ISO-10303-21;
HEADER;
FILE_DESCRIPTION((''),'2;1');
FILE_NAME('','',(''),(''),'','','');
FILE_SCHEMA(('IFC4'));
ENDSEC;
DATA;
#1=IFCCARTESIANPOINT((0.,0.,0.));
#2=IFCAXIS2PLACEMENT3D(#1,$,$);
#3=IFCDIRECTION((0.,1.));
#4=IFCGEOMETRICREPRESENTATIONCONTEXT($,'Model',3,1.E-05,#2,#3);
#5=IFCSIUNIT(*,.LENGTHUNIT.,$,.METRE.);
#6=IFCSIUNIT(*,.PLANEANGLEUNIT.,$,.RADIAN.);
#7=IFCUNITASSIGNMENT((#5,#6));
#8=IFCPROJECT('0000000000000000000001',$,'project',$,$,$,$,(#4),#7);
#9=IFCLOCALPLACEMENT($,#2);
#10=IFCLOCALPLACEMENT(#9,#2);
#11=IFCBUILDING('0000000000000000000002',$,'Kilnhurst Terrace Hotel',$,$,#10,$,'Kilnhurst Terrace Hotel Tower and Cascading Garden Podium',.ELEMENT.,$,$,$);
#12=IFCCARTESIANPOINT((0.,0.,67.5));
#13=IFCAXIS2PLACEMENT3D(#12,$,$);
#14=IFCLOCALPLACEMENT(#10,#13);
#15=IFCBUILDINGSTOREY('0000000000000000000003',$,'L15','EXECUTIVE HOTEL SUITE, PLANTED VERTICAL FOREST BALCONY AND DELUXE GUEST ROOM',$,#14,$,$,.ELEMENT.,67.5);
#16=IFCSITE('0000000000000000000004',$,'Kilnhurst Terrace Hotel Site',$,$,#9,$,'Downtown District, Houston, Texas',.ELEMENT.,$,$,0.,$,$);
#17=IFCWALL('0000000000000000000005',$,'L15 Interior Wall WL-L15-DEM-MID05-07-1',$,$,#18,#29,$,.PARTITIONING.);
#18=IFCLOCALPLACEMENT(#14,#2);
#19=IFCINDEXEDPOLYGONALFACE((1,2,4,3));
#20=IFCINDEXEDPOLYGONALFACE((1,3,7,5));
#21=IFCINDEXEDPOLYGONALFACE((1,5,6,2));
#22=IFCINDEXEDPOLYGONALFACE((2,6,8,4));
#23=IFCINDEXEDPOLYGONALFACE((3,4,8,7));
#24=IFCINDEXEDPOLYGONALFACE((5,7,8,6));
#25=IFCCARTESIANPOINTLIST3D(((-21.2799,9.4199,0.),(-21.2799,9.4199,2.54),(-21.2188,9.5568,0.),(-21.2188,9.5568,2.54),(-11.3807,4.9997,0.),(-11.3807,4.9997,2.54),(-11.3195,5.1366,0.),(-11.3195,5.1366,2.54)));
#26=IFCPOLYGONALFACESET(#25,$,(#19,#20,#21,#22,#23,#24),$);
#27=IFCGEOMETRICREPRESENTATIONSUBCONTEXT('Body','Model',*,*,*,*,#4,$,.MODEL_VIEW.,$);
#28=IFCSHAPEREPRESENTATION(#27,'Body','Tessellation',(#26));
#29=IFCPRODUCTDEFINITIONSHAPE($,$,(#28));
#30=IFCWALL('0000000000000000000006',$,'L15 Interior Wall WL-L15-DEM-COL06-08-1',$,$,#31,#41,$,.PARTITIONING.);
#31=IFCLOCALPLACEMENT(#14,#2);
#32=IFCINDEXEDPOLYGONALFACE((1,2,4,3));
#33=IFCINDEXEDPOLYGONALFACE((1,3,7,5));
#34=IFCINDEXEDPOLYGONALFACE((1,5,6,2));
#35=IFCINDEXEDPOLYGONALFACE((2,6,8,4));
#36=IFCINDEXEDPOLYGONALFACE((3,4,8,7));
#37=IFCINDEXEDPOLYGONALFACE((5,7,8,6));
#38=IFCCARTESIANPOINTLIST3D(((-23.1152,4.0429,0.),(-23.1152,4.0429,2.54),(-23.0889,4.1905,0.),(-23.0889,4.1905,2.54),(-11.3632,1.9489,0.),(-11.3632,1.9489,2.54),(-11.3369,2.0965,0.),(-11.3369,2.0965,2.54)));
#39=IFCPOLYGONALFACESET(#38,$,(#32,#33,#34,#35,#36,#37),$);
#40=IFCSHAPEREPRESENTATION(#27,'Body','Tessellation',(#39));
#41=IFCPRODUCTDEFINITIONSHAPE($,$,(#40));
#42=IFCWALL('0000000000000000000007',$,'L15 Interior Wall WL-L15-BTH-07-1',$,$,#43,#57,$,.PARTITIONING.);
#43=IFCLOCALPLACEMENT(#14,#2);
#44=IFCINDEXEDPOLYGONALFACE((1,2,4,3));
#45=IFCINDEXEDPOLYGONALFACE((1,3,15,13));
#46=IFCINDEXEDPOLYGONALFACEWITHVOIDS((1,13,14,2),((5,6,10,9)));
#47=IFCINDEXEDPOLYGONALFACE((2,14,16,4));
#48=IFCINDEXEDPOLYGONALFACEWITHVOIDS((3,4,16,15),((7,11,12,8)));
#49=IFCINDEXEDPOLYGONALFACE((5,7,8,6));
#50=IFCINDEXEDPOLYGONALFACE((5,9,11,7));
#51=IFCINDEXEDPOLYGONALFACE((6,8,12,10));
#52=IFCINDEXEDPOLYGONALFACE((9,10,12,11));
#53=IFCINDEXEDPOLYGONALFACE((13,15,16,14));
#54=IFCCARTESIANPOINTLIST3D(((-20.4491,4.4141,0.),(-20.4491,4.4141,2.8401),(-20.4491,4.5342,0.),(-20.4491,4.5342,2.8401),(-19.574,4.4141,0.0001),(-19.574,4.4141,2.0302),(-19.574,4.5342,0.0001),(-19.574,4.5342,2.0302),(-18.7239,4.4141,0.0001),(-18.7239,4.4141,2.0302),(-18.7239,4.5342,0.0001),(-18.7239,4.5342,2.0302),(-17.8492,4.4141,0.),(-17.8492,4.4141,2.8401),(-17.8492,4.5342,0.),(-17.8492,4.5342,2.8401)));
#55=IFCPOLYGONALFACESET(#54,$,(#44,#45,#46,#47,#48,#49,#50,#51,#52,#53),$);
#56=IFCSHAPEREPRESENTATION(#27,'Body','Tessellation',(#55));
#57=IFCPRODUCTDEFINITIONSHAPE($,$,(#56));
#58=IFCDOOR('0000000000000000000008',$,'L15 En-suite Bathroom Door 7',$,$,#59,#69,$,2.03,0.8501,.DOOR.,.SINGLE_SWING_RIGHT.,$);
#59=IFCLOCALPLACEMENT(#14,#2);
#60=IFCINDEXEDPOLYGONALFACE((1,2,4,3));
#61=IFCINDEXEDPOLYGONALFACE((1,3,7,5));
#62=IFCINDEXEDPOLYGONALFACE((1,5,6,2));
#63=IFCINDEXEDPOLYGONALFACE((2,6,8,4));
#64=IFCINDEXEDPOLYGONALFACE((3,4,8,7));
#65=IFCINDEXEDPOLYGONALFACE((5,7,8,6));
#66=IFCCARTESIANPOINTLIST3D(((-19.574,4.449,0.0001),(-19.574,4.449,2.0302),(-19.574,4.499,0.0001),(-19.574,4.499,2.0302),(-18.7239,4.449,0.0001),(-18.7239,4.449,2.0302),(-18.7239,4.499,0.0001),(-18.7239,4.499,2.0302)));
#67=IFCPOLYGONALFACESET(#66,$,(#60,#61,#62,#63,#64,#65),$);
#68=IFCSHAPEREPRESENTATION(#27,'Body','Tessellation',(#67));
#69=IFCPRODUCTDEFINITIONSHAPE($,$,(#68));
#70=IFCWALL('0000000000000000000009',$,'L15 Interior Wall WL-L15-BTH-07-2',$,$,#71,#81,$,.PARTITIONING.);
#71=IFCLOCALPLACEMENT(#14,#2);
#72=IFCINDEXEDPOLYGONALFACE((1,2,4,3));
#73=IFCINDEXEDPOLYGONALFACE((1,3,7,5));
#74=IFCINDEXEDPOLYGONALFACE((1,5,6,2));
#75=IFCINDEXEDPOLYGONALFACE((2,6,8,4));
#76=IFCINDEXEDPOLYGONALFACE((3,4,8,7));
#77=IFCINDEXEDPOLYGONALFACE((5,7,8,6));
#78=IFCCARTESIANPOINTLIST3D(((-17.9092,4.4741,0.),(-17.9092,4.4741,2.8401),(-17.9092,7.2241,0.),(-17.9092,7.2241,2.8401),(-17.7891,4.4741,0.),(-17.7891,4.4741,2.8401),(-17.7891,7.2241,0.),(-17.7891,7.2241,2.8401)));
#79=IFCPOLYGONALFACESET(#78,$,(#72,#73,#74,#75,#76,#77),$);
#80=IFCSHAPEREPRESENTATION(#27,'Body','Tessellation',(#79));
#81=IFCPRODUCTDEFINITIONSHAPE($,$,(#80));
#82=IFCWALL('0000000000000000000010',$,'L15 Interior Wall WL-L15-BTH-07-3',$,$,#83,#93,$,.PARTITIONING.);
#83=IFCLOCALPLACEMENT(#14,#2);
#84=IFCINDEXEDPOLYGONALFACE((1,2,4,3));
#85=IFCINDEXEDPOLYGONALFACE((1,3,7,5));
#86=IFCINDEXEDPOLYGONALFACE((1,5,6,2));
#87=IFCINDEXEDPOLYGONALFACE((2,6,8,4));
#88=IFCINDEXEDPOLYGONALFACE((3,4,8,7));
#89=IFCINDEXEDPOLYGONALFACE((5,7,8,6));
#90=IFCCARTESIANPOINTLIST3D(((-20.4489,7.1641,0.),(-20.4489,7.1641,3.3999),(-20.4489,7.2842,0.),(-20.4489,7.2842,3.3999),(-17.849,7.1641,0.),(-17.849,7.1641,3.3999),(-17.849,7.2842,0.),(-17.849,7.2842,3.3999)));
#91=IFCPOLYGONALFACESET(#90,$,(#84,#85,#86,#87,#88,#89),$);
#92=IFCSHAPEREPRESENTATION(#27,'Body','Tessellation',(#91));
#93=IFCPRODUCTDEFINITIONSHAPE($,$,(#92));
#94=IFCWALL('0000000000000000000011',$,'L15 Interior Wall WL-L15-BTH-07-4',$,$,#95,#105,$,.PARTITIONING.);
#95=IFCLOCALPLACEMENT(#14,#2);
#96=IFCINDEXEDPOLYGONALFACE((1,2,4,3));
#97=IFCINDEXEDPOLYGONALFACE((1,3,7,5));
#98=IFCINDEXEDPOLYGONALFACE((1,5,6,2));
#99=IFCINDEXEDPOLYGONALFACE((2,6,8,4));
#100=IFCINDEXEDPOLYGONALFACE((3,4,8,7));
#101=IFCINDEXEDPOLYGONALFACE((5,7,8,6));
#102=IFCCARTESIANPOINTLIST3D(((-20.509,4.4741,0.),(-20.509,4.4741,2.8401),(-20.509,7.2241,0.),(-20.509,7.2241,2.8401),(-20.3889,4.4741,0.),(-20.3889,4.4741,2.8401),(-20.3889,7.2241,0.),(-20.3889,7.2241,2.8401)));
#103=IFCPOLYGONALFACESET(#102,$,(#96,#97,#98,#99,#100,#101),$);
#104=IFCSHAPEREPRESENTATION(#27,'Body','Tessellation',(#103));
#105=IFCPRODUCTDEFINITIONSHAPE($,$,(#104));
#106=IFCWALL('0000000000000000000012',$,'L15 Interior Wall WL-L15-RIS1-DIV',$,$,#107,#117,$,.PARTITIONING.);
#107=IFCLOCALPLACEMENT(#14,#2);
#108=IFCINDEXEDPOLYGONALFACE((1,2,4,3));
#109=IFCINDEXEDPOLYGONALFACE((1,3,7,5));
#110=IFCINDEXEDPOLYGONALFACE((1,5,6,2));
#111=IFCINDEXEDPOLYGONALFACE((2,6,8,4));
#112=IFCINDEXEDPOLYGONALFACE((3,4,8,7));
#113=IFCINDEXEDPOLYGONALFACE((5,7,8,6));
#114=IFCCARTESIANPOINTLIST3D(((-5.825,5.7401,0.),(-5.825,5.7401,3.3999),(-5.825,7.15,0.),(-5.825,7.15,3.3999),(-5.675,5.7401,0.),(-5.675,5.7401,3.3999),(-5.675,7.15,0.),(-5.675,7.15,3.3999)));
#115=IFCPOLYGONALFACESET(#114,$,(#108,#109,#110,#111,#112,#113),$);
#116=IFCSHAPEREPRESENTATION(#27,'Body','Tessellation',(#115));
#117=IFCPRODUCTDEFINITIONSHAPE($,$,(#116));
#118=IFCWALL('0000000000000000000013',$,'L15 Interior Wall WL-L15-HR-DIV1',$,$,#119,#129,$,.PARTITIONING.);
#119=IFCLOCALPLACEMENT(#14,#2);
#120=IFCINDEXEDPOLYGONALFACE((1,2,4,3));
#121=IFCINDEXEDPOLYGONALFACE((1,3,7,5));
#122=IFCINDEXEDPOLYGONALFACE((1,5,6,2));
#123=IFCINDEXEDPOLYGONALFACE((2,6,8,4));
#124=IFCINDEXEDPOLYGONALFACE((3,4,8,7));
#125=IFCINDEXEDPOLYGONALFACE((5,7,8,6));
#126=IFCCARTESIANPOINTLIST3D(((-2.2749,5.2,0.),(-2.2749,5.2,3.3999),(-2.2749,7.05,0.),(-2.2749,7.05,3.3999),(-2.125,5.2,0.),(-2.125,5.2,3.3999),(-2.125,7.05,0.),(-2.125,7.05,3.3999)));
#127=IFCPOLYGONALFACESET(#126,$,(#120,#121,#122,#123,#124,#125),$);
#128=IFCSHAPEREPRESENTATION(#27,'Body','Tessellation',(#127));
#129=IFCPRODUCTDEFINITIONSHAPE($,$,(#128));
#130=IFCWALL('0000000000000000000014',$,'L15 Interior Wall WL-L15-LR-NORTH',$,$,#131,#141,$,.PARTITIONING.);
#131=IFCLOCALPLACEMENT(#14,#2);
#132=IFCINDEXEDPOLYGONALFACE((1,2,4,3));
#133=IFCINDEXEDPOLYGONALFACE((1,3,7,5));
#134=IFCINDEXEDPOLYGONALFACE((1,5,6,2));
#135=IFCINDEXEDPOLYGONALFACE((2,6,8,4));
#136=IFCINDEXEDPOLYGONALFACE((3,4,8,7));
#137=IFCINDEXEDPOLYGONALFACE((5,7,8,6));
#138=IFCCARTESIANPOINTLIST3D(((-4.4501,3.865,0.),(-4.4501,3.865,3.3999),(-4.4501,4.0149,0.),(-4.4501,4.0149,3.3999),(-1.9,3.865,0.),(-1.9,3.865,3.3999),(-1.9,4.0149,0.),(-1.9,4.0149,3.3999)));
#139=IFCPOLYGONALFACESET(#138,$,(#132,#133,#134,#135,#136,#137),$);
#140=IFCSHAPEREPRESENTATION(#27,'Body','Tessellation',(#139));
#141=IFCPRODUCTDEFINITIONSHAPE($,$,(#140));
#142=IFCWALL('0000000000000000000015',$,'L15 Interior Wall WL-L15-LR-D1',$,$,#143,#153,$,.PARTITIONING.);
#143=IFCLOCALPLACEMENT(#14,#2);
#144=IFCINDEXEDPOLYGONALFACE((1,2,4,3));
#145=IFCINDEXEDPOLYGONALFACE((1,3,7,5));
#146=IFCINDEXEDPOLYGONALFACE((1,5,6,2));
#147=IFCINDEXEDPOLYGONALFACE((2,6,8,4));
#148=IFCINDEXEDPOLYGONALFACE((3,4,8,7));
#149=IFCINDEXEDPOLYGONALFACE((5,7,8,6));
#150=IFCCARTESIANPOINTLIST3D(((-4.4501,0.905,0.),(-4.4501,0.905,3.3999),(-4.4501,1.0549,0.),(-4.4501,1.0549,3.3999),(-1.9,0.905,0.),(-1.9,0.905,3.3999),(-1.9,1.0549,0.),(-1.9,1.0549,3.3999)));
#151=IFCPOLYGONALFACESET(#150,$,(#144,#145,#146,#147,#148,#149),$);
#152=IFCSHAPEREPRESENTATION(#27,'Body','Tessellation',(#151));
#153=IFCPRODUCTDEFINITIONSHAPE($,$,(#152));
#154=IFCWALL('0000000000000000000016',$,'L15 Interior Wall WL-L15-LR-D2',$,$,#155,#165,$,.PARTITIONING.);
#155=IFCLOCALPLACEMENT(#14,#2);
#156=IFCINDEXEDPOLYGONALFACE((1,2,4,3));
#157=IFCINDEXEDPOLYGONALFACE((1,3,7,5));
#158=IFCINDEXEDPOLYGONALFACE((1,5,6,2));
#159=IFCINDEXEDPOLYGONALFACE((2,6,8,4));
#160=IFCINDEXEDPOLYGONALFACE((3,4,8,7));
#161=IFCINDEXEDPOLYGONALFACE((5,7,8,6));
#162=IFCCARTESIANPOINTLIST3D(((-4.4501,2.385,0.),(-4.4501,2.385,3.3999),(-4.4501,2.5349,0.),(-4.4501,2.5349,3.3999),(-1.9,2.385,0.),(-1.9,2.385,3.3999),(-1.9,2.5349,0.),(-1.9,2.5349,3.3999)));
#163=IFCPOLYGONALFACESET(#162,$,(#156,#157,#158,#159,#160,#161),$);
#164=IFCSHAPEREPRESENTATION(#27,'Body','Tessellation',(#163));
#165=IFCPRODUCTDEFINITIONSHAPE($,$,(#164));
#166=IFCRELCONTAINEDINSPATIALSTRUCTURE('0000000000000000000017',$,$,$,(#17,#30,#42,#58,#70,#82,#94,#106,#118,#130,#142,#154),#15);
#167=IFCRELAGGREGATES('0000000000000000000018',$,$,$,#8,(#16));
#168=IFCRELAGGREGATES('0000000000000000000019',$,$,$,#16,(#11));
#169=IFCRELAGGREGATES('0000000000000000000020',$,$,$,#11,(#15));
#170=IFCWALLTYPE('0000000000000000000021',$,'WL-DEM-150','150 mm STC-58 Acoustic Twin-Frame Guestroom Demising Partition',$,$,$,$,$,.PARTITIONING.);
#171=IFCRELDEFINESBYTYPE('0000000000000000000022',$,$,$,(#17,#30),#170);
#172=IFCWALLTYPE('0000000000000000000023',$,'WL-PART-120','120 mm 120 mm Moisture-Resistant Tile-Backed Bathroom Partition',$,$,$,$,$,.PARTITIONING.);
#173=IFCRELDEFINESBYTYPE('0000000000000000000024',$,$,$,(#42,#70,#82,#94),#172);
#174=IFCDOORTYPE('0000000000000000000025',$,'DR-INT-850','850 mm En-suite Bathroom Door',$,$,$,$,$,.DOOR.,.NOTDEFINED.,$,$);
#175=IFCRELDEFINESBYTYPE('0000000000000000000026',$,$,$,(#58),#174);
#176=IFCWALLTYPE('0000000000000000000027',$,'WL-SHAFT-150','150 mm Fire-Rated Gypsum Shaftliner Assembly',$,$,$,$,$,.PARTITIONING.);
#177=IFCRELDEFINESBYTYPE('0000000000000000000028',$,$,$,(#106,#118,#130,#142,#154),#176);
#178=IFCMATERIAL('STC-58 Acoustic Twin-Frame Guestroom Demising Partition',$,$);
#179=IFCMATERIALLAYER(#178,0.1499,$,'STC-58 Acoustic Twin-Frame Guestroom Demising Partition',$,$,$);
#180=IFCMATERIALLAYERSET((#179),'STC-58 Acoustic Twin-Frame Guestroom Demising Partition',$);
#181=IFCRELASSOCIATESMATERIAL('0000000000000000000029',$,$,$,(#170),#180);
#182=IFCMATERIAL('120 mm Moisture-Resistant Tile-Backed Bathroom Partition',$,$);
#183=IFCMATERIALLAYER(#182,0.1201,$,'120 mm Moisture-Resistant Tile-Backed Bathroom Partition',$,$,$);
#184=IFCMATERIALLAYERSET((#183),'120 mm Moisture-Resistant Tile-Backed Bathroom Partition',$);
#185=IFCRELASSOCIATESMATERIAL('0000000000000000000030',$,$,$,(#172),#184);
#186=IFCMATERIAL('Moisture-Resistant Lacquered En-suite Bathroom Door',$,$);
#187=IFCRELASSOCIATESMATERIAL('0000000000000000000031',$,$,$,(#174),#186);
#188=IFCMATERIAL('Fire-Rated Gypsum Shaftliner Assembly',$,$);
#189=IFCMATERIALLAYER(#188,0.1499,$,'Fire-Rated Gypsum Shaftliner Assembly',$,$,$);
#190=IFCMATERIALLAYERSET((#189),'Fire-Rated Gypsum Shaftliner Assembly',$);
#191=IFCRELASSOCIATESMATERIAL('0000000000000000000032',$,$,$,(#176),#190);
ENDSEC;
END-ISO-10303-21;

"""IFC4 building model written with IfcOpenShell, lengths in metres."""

from ifc_helpers import new_model, si_unit, direction, frame, frame_2d, origin, place, context, subcontext, project, spatial, rectangle, extrude, material, layer, layer_set, type_object, element, fill, save


model = new_model("IFC4")

# Units and contexts
model_context = context("Model", 3, precision=1e-05, world=origin(), true_north=direction((0.0, 1.0)))
body_context = subcontext(model_context, "Body", "Model", "MODEL_VIEW")
ifc_project = project(units=[si_unit("LENGTHUNIT", "METRE"), si_unit("PLANEANGLEUNIT", "RADIAN")], contexts=[model_context])

# Site, building, storey
site_placement = place(None, origin())
site = spatial("IfcSite", under=ifc_project, at=site_placement, Name="Kilnhurst Terrace Hotel Site", LongName="Downtown District, Houston, Texas", CompositionType="ELEMENT", RefElevation=0.0)
building_placement = place(site_placement, origin())
building = spatial("IfcBuilding", under=site, at=building_placement, Name="Kilnhurst Terrace Hotel", LongName="Kilnhurst Terrace Hotel Tower and Cascading Garden Podium", CompositionType="ELEMENT")
storey_placement = place(building_placement, frame((0.0, 0.0, 67.5)))
storey = spatial("IfcBuildingStorey", under=building, at=storey_placement, Name="L15", Description="EXECUTIVE HOTEL SUITE, PLANTED VERTICAL FOREST BALCONY AND DELUXE GUEST ROOM", CompositionType="ELEMENT", Elevation=67.5)

# Walls
ifc_material_1 = material(Name="STC-58 Acoustic Twin-Frame Guestroom Demising Partition")
ifc_layer_1 = layer(ifc_material_1, 0.1499, Name="STC-58 Acoustic Twin-Frame Guestroom Demising Partition")
ifc_layer_set_1 = layer_set([ifc_layer_1], Name="STC-58 Acoustic Twin-Frame Guestroom Demising Partition")
wall_type_1 = type_object("IfcWallType", Name="WL-DEM-150", Description="150 mm STC-58 Acoustic Twin-Frame Guestroom Demising Partition", PredefinedType="PARTITIONING", material=ifc_layer_set_1)
wall_1_placement = place(storey_placement, frame((-11.3501, 5.0681, 0.0), z_axis=(0.0, 0.0, 1.0), x_axis=(-0.913107, 0.40772, 0.0)))
element("IfcWall", 1, at=wall_1_placement, inside=storey, type_object=wall_type_1, Name="L15 Interior Wall WL-L15-DEM-MID05-07-1", PredefinedType="PARTITIONING", context=body_context, shape_type="SweptSolid", body=[
    extrude(rectangle(XDim=10.8413, YDim=0.1499, at=frame_2d((5.4207, 0.0))), origin(), (0.0, 0.0, 1.0), 2.54),
])
wall_2_placement = place(storey_placement, frame((-11.3501, 2.0227, 0.0), z_axis=(0.0, 0.0, 1.0), x_axis=(-0.984494, 0.17542, 0.0)))
element("IfcWall", 2, at=wall_2_placement, inside=storey, type_object=wall_type_1, Name="L15 Interior Wall WL-L15-DEM-COL06-08-1", PredefinedType="PARTITIONING", context=body_context, shape_type="SweptSolid", body=[
    extrude(rectangle(XDim=11.937, YDim=0.1499, at=frame_2d((5.9685, 0.0))), origin(), (0.0, 0.0, 1.0), 2.54),
])

# Wall, opening, door
ifc_material_2 = material(Name="120 mm Moisture-Resistant Tile-Backed Bathroom Partition")
ifc_layer_2 = layer(ifc_material_2, 0.1201, Name="120 mm Moisture-Resistant Tile-Backed Bathroom Partition")
ifc_layer_set_2 = layer_set([ifc_layer_2], Name="120 mm Moisture-Resistant Tile-Backed Bathroom Partition")
wall_type_2 = type_object("IfcWallType", Name="WL-PART-120", Description="120 mm 120 mm Moisture-Resistant Tile-Backed Bathroom Partition", PredefinedType="PARTITIONING", material=ifc_layer_set_2)
wall_3_placement = place(storey_placement, frame((-20.449, 4.4741, 0.0), z_axis=(0.0, 0.0, 1.0), x_axis=(1.0, 0.0, 0.0)))
wall_3 = element("IfcWall", 3, at=wall_3_placement, inside=storey, type_object=wall_type_2, Name="L15 Interior Wall WL-L15-BTH-07-1", PredefinedType="PARTITIONING", context=body_context, shape_type="SweptSolid", body=[
    extrude(rectangle(XDim=2.5999, YDim=0.1201, at=frame_2d((1.2998, 0.0))), origin(), (0.0, 0.0, 1.0), 2.8401),
])
opening_1_placement = place(wall_3_placement, frame((0.875, 0.0, 0.0)))
opening_1 = element("IfcOpeningElement", 4, at=opening_1_placement, cuts=wall_3, PredefinedType="OPENING", context=body_context, shape_type="SweptSolid", body=[
    extrude(rectangle(XDim=0.8501, YDim=2.03, at=frame_2d((0.425, 1.0151))), frame((0.0, 0.0701, 0.0), z_axis=(0.0, -1.0, 0.0), x_axis=(1.0, 0.0, 0.0)), (0.0, 0.0, 1.0), 0.1401),
])
ifc_material_3 = material(Name="Moisture-Resistant Lacquered En-suite Bathroom Door")
door_type_1 = type_object("IfcDoorType", Name="DR-INT-850", Description="850 mm En-suite Bathroom Door", OperationType="NOTDEFINED", PredefinedType="DOOR", material=ifc_material_3)
door_1_placement = place(opening_1_placement, origin())
door_1 = element("IfcDoor", 5, at=door_1_placement, inside=storey, type_object=door_type_1, Name="L15 En-suite Bathroom Door 7", OperationType="SINGLE_SWING_RIGHT", OverallHeight=2.03, OverallWidth=0.8501, PredefinedType="DOOR", context=body_context, shape_type="SweptSolid", body=[
    extrude(rectangle(XDim=0.8501, YDim=2.03, at=frame_2d((0.425, 1.0151))), frame((0.0, 0.0249, 0.0), z_axis=(0.0, -1.0, 0.0), x_axis=(1.0, 0.0, 0.0)), (0.0, 0.0, 1.0), 0.05),
])
fill(opening_1, door_1)

# Walls
wall_4_placement = place(storey_placement, frame((-17.8491, 4.4741, 0.0), z_axis=(0.0, 0.0, 1.0), x_axis=(0.0, 1.0, 0.0)))
element("IfcWall", 6, at=wall_4_placement, inside=storey, type_object=wall_type_2, Name="L15 Interior Wall WL-L15-BTH-07-2", PredefinedType="PARTITIONING", context=body_context, shape_type="SweptSolid", body=[
    extrude(rectangle(XDim=2.75, YDim=0.1201, at=frame_2d((1.375, 0.0))), origin(), (0.0, 0.0, 1.0), 2.8401),
])
wall_5_placement = place(storey_placement, frame((-17.8491, 7.2241, 0.0), z_axis=(0.0, 0.0, 1.0), x_axis=(-1.0, 0.0, 0.0)))
element("IfcWall", 7, at=wall_5_placement, inside=storey, type_object=wall_type_2, Name="L15 Interior Wall WL-L15-BTH-07-3", PredefinedType="PARTITIONING", context=body_context, shape_type="SweptSolid", body=[
    extrude(rectangle(XDim=2.5999, YDim=0.1201, at=frame_2d((1.2998, 0.0))), origin(), (0.0, 0.0, 1.0), 3.3999),
])
wall_6_placement = place(storey_placement, frame((-20.449, 7.2241, 0.0), z_axis=(0.0, 0.0, 1.0), x_axis=(0.0, -1.0, 0.0)))
element("IfcWall", 8, at=wall_6_placement, inside=storey, type_object=wall_type_2, Name="L15 Interior Wall WL-L15-BTH-07-4", PredefinedType="PARTITIONING", context=body_context, shape_type="SweptSolid", body=[
    extrude(rectangle(XDim=2.75, YDim=0.1201, at=frame_2d((1.375, 0.0))), origin(), (0.0, 0.0, 1.0), 2.8401),
])
ifc_material_4 = material(Name="Fire-Rated Gypsum Shaftliner Assembly")
ifc_layer_3 = layer(ifc_material_4, 0.1499, Name="Fire-Rated Gypsum Shaftliner Assembly")
ifc_layer_set_3 = layer_set([ifc_layer_3], Name="Fire-Rated Gypsum Shaftliner Assembly")
wall_type_3 = type_object("IfcWallType", Name="WL-SHAFT-150", Description="150 mm Fire-Rated Gypsum Shaftliner Assembly", PredefinedType="PARTITIONING", material=ifc_layer_set_3)
wall_7_placement = place(storey_placement, frame((-5.75, 5.74, 0.0), z_axis=(0.0, 0.0, 1.0), x_axis=(0.0, 1.0, 0.0)))
element("IfcWall", 9, at=wall_7_placement, inside=storey, type_object=wall_type_3, Name="L15 Interior Wall WL-L15-RIS1-DIV", PredefinedType="PARTITIONING", context=body_context, shape_type="SweptSolid", body=[
    extrude(rectangle(XDim=1.4099, YDim=0.1499, at=frame_2d((0.7051, 0.0))), origin(), (0.0, 0.0, 1.0), 3.3999),
])
wall_8_placement = place(storey_placement, frame((-2.2, 5.2, 0.0), z_axis=(0.0, 0.0, 1.0), x_axis=(0.0, 1.0, 0.0)))
element("IfcWall", 10, at=wall_8_placement, inside=storey, type_object=wall_type_3, Name="L15 Interior Wall WL-L15-HR-DIV1", PredefinedType="PARTITIONING", context=body_context, shape_type="SweptSolid", body=[
    extrude(rectangle(XDim=1.8501, YDim=0.1499, at=frame_2d((0.925, 0.0))), origin(), (0.0, 0.0, 1.0), 3.3999),
])
for number, where, z_axis, x_axis, name in (
    (11, (-4.45, 3.9399, 0.0), (0.0, 0.0, 1.0), (1.0, 0.0, 0.0), "L15 Interior Wall WL-L15-LR-NORTH"),
    (12, (-4.45, 0.98, 0.0), (0.0, 0.0, 1.0), (1.0, 0.0, 0.0), "L15 Interior Wall WL-L15-LR-D1"),
    (13, (-4.45, 2.46, 0.0), (0.0, 0.0, 1.0), (1.0, 0.0, 0.0), "L15 Interior Wall WL-L15-LR-D2"),
):
    element("IfcWall", number, at=place(storey_placement, frame(where, z_axis=z_axis, x_axis=x_axis)), inside=storey, type_object=wall_type_3, Name=name, PredefinedType="PARTITIONING", context=body_context, shape_type="SweptSolid", body=[
        extrude(rectangle(XDim=2.55, YDim=0.1499, at=frame_2d((1.2749, 0.0))), origin(), (0.0, 0.0, 1.0), 3.3999),
    ])

save(model, "model.ifc")
